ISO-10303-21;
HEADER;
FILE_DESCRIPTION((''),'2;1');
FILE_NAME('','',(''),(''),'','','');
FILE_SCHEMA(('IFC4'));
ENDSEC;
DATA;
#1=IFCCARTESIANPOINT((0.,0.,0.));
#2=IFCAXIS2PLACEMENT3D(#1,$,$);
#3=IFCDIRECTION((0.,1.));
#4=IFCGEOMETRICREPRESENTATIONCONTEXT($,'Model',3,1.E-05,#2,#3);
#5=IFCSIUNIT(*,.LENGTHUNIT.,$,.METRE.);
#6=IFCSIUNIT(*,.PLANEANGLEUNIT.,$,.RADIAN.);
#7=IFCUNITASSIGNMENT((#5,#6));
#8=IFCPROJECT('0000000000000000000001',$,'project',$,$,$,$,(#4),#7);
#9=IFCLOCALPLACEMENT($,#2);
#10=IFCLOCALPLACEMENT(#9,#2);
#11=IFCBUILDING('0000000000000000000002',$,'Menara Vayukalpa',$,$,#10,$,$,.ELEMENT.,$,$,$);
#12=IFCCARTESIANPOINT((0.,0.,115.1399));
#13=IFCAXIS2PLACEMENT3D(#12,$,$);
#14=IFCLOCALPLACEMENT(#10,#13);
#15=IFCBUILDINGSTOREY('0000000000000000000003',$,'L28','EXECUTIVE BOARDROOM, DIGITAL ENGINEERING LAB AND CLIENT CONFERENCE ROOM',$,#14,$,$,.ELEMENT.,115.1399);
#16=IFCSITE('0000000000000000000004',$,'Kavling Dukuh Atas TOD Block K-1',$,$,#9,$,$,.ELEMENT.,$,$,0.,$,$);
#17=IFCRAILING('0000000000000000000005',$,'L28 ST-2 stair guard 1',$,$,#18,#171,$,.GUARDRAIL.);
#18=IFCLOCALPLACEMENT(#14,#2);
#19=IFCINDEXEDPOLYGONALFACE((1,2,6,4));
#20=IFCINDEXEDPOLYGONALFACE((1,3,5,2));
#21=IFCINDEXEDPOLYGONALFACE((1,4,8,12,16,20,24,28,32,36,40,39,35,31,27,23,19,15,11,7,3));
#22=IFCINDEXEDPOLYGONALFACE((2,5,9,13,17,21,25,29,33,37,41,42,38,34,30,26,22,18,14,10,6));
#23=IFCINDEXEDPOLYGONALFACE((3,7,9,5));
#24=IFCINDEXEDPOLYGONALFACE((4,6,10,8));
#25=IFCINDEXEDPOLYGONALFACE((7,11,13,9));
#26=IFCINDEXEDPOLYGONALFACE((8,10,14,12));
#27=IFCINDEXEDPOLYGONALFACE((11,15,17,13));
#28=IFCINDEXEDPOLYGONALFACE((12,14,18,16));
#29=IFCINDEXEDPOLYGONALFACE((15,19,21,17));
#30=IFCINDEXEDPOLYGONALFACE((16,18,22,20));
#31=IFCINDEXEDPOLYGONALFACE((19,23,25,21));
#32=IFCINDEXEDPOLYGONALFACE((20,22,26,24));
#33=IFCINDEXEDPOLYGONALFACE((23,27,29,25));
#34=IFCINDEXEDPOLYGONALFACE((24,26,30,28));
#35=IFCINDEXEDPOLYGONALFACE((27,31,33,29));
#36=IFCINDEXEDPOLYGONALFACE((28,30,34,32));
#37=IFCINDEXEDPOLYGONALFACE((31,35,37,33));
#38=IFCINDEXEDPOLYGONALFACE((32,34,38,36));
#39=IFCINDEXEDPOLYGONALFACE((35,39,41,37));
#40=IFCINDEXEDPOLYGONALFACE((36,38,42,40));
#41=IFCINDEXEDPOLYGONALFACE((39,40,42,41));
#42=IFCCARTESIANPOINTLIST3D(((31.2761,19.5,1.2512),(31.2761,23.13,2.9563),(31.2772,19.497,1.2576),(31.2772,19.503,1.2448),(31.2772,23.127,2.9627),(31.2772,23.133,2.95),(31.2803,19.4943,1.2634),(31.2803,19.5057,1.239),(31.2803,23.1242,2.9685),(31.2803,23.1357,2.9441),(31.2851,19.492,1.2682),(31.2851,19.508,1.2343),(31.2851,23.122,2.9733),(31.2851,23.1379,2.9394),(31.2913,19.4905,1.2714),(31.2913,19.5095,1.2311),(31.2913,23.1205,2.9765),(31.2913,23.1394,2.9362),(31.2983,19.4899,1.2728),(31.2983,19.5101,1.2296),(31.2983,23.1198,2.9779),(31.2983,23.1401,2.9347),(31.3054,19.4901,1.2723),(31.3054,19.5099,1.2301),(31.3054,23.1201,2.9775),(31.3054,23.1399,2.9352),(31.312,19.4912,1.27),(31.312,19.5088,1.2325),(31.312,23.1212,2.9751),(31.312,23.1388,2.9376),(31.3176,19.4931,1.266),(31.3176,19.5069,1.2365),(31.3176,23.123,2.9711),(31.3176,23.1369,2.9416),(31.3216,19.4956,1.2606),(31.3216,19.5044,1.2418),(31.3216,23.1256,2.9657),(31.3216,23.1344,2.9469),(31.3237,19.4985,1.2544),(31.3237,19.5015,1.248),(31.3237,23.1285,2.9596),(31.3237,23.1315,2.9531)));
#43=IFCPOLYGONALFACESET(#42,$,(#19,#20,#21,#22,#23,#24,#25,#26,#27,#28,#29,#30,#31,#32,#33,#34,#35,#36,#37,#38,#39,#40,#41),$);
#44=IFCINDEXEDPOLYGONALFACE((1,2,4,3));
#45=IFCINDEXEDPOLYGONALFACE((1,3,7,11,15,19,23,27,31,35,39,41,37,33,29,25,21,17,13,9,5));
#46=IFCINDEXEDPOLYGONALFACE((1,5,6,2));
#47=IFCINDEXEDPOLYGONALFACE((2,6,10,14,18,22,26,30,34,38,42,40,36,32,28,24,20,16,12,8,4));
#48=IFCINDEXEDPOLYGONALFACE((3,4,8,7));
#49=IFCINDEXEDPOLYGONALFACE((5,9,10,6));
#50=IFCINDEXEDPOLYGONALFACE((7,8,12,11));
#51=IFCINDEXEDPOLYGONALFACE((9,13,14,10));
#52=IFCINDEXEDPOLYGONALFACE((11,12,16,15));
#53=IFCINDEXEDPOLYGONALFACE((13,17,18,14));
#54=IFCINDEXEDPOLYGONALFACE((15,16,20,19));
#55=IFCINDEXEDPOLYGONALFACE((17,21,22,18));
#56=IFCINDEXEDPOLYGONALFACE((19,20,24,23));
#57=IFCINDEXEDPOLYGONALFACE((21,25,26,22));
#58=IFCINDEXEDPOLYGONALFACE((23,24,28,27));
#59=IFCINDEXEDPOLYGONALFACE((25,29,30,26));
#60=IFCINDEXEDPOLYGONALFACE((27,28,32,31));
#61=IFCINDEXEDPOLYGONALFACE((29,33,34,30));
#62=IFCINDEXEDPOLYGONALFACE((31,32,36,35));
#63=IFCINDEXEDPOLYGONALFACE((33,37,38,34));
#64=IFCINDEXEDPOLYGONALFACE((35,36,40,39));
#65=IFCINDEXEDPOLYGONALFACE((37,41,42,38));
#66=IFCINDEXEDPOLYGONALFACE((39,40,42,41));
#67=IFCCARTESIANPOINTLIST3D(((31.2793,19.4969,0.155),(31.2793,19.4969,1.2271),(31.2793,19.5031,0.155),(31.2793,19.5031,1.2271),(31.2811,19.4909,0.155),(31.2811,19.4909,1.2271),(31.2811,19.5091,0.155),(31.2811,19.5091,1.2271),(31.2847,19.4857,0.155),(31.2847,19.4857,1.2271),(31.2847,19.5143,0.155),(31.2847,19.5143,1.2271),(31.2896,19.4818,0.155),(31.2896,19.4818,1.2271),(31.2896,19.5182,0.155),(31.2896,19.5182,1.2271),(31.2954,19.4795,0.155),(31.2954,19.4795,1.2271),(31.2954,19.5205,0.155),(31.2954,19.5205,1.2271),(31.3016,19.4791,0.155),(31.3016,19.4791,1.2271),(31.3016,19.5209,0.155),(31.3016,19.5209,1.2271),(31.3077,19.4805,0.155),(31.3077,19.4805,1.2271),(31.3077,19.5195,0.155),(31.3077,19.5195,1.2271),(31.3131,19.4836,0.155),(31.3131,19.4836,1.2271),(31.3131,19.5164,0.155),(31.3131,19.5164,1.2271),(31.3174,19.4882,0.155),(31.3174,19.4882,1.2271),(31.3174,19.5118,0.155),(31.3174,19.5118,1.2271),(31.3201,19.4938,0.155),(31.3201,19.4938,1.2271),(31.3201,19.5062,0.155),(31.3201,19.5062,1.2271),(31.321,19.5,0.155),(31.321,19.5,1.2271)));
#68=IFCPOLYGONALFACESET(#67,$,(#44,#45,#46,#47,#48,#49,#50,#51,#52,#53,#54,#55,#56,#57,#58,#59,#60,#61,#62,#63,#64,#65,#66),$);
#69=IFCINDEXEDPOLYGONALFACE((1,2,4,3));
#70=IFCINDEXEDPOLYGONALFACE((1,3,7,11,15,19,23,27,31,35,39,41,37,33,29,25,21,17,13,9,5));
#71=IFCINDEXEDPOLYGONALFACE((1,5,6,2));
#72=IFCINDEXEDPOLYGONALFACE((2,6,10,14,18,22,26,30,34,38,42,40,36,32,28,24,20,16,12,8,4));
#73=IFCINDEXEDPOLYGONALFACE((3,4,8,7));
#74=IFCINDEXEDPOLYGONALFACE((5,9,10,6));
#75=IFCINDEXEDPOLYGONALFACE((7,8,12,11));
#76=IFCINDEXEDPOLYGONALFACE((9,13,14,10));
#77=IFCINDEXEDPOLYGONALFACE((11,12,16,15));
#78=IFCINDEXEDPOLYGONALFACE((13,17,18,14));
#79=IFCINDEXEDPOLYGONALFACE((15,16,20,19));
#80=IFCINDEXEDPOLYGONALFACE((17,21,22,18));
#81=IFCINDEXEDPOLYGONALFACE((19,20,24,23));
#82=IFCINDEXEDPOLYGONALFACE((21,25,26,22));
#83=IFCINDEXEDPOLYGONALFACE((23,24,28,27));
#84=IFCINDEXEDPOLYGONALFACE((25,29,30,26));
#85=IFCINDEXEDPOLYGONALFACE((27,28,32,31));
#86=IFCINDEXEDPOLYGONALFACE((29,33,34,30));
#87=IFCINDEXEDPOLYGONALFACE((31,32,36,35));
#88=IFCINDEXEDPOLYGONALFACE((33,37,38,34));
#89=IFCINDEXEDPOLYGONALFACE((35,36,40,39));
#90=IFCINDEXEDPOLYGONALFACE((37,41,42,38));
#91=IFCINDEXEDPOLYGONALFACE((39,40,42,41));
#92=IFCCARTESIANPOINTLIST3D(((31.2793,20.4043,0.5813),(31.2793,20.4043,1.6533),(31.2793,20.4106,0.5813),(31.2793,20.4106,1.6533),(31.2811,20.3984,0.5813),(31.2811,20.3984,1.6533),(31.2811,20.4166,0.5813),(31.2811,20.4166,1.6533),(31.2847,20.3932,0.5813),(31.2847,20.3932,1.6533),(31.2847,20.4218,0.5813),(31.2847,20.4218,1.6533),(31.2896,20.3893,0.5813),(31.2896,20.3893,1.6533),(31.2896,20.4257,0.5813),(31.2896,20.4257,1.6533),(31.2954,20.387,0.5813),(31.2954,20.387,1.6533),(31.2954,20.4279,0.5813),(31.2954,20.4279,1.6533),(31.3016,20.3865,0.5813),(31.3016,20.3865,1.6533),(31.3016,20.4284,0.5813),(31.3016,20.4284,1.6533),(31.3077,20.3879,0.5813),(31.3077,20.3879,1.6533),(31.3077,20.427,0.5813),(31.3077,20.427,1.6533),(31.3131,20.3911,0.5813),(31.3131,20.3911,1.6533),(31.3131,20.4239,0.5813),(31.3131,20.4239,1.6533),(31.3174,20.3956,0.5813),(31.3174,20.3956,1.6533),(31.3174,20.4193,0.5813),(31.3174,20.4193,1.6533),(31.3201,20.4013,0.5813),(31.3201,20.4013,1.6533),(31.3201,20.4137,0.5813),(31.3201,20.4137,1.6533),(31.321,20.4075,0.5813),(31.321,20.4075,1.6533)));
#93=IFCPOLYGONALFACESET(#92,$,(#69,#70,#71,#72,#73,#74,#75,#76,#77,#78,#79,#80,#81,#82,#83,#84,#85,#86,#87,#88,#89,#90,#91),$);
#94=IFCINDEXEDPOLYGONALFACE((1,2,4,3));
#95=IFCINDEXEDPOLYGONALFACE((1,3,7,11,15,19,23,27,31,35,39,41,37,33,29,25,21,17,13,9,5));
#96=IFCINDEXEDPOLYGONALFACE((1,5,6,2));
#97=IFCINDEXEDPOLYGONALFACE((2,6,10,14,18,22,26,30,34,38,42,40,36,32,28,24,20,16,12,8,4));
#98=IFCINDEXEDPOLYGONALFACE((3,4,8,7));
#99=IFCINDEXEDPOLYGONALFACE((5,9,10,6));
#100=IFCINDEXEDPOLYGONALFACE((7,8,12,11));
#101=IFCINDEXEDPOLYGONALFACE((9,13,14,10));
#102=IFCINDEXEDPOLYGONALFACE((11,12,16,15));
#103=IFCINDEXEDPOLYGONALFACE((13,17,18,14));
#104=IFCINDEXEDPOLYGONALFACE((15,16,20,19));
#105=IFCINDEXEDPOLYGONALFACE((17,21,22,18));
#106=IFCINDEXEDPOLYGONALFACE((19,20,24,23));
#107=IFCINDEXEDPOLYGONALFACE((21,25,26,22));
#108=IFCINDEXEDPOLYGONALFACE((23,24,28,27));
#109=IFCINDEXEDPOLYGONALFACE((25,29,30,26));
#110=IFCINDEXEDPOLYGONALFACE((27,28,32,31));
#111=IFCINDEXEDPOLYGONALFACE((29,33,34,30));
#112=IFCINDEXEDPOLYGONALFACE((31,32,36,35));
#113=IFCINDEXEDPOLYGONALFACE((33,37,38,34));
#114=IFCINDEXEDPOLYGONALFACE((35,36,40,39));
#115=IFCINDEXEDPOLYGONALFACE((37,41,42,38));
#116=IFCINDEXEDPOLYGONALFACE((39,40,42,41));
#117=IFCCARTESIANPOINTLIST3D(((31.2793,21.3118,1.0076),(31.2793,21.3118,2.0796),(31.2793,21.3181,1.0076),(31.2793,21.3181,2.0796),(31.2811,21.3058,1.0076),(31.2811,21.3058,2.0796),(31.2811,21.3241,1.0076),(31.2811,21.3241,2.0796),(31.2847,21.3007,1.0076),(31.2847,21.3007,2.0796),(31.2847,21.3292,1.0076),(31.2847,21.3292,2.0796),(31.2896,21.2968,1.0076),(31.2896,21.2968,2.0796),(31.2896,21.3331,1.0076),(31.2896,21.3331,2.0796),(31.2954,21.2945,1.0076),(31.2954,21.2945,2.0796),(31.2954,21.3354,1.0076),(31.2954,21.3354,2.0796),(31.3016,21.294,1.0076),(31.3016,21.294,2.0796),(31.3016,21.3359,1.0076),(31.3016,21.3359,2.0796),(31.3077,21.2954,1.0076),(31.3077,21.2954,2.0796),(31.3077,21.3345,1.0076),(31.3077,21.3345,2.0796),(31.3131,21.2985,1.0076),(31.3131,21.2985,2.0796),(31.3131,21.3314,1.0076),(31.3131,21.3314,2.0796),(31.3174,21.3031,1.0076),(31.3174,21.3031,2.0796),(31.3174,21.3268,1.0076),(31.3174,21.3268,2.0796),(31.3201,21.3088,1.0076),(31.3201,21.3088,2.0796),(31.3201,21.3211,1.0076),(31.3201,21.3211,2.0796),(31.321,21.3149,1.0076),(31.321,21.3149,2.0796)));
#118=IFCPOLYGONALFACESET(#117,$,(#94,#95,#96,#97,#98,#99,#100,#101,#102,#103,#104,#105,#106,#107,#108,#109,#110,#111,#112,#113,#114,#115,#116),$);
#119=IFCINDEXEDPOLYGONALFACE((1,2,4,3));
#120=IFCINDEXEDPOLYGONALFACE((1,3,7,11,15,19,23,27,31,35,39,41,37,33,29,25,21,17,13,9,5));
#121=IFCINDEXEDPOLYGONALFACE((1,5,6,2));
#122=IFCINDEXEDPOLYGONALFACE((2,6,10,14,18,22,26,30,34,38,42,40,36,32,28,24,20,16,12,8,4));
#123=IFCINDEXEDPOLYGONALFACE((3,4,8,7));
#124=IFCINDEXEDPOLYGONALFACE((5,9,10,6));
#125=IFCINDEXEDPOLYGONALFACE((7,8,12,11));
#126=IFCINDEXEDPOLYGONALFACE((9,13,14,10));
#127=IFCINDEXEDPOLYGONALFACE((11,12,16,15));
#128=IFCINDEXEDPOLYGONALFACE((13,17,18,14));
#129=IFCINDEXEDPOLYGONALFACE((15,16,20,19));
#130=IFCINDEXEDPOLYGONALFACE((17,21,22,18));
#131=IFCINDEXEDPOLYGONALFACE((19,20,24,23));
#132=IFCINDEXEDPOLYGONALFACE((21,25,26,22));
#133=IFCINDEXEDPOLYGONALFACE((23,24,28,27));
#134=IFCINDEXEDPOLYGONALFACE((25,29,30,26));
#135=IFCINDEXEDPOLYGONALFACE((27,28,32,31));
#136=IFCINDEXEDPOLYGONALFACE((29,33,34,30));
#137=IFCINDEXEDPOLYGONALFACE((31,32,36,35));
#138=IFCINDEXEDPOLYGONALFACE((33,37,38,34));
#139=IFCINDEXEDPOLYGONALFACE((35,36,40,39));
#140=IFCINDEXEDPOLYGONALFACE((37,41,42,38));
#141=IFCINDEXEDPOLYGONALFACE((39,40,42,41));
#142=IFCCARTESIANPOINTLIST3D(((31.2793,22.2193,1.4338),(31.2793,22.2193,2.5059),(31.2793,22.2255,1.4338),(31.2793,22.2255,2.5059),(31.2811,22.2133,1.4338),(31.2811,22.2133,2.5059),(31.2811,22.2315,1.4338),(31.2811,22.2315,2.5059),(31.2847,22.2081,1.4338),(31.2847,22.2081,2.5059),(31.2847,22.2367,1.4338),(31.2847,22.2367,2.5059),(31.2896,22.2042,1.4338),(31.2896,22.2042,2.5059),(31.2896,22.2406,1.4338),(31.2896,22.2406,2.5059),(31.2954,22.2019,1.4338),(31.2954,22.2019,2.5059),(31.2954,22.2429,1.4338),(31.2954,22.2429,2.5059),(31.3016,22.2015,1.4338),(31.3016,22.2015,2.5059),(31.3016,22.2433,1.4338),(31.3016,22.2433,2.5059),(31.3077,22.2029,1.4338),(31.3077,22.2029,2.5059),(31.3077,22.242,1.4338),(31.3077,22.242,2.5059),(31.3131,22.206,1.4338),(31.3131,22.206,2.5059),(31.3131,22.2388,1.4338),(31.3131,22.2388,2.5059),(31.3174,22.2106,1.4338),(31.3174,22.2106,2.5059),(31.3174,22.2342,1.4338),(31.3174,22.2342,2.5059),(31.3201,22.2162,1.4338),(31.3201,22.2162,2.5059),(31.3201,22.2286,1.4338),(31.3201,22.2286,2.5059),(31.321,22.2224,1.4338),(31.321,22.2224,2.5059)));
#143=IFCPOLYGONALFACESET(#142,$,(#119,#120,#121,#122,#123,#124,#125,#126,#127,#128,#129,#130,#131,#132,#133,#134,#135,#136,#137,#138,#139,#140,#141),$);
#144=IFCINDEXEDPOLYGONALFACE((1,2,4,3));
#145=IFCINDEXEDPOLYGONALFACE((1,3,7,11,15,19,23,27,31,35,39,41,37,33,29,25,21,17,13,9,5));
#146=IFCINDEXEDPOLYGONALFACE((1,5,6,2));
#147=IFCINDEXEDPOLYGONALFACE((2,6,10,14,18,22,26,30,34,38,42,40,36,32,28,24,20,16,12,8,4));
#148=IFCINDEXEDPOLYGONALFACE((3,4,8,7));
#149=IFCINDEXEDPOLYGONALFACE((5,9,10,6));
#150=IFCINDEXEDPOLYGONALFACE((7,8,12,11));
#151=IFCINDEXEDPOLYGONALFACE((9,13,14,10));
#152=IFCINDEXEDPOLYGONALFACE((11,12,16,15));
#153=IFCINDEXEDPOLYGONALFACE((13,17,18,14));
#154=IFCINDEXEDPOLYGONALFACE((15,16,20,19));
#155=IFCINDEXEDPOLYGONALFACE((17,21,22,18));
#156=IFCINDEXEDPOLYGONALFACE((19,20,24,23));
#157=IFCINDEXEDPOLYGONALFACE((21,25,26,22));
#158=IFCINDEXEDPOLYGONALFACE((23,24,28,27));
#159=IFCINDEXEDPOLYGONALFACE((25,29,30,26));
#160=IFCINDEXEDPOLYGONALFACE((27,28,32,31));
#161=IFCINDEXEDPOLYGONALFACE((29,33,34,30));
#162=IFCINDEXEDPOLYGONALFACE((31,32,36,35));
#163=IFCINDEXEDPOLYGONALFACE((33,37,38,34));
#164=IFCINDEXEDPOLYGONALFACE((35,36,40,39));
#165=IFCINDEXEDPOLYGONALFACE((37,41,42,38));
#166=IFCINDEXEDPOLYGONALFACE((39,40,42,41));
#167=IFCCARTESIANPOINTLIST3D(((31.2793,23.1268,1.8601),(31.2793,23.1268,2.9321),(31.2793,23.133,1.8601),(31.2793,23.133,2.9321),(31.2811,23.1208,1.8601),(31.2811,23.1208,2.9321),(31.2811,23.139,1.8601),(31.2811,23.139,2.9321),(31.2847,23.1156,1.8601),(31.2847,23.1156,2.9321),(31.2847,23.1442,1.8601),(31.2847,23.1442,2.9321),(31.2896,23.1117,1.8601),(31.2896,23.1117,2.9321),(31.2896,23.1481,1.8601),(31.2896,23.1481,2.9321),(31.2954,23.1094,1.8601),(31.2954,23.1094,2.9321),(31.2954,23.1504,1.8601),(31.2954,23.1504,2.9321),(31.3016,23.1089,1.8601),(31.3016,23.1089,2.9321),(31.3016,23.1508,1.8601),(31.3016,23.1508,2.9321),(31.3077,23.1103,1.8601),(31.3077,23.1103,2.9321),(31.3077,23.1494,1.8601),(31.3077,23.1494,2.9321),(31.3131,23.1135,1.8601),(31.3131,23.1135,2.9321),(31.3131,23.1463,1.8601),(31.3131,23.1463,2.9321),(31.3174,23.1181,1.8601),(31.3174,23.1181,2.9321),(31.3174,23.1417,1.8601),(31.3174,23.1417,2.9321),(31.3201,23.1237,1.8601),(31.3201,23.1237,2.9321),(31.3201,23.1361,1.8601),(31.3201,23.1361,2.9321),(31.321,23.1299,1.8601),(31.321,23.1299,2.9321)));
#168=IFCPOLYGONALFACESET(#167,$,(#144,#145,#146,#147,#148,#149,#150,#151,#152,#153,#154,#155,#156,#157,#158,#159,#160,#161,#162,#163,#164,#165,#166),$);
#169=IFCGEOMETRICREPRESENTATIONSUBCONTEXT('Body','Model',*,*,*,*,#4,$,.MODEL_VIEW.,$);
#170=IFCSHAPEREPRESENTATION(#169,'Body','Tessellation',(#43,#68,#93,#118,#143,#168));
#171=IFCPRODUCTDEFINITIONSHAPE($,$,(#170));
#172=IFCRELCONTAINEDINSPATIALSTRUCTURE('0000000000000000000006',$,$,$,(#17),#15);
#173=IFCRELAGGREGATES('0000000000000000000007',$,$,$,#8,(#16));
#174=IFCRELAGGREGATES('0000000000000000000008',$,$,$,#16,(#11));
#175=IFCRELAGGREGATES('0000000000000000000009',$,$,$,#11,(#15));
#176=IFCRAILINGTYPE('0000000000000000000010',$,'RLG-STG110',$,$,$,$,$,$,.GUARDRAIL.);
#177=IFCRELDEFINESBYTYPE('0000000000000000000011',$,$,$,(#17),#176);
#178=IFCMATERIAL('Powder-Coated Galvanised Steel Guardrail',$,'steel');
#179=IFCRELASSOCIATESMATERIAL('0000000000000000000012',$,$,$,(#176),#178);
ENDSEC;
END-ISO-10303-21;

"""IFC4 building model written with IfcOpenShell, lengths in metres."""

from ifc_helpers import new_model, si_unit, direction, frame, origin, origin_2d, place, context, subcontext, project, spatial, circle, extrude, material, type_object, element, save


model = new_model("IFC4")

# Units and contexts
model_context = context("Model", 3, precision=1e-05, world=origin(), true_north=direction((0.0, 1.0)))
body_context = subcontext(model_context, "Body", "Model", "MODEL_VIEW")
ifc_project = project(units=[si_unit("LENGTHUNIT", "METRE"), si_unit("PLANEANGLEUNIT", "RADIAN")], contexts=[model_context])

# Site, building, storey
site_placement = place(None, origin())
site = spatial("IfcSite", under=ifc_project, at=site_placement, Name="Kavling Dukuh Atas TOD Block K-1", CompositionType="ELEMENT", RefElevation=0.0)
building_placement = place(site_placement, origin())
building = spatial("IfcBuilding", under=site, at=building_placement, Name="Menara Vayukalpa", CompositionType="ELEMENT")
storey_placement = place(building_placement, frame((0.0, 0.0, 115.1399)))
storey = spatial("IfcBuildingStorey", under=building, at=storey_placement, Name="L28", Description="EXECUTIVE BOARDROOM, DIGITAL ENGINEERING LAB AND CLIENT CONFERENCE ROOM", CompositionType="ELEMENT", Elevation=115.1399)

# Railing
ifc_material_1 = material(Name="Powder-Coated Galvanised Steel Guardrail", Category="steel")
railing_type_1 = type_object("IfcRailingType", Name="RLG-STG110", PredefinedType="GUARDRAIL", material=ifc_material_1)
railing_1_placement = place(storey_placement, frame((31.3, 19.5, 0.155)))
element("IfcRailing", 1, at=railing_1_placement, inside=storey, type_object=railing_type_1, Name="L28 ST-2 stair guard 1", PredefinedType="GUARDRAIL", context=body_context, shape_type="SweptSolid", body=[
    extrude(circle(Radius=0.0239, at=origin_2d()), frame((0.0, 0.0, 1.0962), z_axis=(0.0, 0.905116, 0.425164), x_axis=(-1.0, 0.0, 0.0)), (0.0, 0.0, 1.0), 4.0105),
    extrude(circle(Radius=0.021, at=origin_2d()), origin(), (0.0, 0.0, 1.0), 1.072),
    extrude(circle(Radius=0.021, at=origin_2d()), frame((0.0, 0.9075, 0.4263)), (0.0, 0.0, 1.0), 1.072),
    extrude(circle(Radius=0.021, at=origin_2d()), frame((0.0, 1.8149, 0.8525)), (0.0, 0.0, 1.0), 1.072),
    extrude(circle(Radius=0.021, at=origin_2d()), frame((0.0, 2.7224, 1.2788)), (0.0, 0.0, 1.0), 1.072),
    extrude(circle(Radius=0.021, at=origin_2d()), frame((0.0, 3.6299, 1.7051)), (0.0, 0.0, 1.0), 1.072),
])

save(model, "model.ifc")
